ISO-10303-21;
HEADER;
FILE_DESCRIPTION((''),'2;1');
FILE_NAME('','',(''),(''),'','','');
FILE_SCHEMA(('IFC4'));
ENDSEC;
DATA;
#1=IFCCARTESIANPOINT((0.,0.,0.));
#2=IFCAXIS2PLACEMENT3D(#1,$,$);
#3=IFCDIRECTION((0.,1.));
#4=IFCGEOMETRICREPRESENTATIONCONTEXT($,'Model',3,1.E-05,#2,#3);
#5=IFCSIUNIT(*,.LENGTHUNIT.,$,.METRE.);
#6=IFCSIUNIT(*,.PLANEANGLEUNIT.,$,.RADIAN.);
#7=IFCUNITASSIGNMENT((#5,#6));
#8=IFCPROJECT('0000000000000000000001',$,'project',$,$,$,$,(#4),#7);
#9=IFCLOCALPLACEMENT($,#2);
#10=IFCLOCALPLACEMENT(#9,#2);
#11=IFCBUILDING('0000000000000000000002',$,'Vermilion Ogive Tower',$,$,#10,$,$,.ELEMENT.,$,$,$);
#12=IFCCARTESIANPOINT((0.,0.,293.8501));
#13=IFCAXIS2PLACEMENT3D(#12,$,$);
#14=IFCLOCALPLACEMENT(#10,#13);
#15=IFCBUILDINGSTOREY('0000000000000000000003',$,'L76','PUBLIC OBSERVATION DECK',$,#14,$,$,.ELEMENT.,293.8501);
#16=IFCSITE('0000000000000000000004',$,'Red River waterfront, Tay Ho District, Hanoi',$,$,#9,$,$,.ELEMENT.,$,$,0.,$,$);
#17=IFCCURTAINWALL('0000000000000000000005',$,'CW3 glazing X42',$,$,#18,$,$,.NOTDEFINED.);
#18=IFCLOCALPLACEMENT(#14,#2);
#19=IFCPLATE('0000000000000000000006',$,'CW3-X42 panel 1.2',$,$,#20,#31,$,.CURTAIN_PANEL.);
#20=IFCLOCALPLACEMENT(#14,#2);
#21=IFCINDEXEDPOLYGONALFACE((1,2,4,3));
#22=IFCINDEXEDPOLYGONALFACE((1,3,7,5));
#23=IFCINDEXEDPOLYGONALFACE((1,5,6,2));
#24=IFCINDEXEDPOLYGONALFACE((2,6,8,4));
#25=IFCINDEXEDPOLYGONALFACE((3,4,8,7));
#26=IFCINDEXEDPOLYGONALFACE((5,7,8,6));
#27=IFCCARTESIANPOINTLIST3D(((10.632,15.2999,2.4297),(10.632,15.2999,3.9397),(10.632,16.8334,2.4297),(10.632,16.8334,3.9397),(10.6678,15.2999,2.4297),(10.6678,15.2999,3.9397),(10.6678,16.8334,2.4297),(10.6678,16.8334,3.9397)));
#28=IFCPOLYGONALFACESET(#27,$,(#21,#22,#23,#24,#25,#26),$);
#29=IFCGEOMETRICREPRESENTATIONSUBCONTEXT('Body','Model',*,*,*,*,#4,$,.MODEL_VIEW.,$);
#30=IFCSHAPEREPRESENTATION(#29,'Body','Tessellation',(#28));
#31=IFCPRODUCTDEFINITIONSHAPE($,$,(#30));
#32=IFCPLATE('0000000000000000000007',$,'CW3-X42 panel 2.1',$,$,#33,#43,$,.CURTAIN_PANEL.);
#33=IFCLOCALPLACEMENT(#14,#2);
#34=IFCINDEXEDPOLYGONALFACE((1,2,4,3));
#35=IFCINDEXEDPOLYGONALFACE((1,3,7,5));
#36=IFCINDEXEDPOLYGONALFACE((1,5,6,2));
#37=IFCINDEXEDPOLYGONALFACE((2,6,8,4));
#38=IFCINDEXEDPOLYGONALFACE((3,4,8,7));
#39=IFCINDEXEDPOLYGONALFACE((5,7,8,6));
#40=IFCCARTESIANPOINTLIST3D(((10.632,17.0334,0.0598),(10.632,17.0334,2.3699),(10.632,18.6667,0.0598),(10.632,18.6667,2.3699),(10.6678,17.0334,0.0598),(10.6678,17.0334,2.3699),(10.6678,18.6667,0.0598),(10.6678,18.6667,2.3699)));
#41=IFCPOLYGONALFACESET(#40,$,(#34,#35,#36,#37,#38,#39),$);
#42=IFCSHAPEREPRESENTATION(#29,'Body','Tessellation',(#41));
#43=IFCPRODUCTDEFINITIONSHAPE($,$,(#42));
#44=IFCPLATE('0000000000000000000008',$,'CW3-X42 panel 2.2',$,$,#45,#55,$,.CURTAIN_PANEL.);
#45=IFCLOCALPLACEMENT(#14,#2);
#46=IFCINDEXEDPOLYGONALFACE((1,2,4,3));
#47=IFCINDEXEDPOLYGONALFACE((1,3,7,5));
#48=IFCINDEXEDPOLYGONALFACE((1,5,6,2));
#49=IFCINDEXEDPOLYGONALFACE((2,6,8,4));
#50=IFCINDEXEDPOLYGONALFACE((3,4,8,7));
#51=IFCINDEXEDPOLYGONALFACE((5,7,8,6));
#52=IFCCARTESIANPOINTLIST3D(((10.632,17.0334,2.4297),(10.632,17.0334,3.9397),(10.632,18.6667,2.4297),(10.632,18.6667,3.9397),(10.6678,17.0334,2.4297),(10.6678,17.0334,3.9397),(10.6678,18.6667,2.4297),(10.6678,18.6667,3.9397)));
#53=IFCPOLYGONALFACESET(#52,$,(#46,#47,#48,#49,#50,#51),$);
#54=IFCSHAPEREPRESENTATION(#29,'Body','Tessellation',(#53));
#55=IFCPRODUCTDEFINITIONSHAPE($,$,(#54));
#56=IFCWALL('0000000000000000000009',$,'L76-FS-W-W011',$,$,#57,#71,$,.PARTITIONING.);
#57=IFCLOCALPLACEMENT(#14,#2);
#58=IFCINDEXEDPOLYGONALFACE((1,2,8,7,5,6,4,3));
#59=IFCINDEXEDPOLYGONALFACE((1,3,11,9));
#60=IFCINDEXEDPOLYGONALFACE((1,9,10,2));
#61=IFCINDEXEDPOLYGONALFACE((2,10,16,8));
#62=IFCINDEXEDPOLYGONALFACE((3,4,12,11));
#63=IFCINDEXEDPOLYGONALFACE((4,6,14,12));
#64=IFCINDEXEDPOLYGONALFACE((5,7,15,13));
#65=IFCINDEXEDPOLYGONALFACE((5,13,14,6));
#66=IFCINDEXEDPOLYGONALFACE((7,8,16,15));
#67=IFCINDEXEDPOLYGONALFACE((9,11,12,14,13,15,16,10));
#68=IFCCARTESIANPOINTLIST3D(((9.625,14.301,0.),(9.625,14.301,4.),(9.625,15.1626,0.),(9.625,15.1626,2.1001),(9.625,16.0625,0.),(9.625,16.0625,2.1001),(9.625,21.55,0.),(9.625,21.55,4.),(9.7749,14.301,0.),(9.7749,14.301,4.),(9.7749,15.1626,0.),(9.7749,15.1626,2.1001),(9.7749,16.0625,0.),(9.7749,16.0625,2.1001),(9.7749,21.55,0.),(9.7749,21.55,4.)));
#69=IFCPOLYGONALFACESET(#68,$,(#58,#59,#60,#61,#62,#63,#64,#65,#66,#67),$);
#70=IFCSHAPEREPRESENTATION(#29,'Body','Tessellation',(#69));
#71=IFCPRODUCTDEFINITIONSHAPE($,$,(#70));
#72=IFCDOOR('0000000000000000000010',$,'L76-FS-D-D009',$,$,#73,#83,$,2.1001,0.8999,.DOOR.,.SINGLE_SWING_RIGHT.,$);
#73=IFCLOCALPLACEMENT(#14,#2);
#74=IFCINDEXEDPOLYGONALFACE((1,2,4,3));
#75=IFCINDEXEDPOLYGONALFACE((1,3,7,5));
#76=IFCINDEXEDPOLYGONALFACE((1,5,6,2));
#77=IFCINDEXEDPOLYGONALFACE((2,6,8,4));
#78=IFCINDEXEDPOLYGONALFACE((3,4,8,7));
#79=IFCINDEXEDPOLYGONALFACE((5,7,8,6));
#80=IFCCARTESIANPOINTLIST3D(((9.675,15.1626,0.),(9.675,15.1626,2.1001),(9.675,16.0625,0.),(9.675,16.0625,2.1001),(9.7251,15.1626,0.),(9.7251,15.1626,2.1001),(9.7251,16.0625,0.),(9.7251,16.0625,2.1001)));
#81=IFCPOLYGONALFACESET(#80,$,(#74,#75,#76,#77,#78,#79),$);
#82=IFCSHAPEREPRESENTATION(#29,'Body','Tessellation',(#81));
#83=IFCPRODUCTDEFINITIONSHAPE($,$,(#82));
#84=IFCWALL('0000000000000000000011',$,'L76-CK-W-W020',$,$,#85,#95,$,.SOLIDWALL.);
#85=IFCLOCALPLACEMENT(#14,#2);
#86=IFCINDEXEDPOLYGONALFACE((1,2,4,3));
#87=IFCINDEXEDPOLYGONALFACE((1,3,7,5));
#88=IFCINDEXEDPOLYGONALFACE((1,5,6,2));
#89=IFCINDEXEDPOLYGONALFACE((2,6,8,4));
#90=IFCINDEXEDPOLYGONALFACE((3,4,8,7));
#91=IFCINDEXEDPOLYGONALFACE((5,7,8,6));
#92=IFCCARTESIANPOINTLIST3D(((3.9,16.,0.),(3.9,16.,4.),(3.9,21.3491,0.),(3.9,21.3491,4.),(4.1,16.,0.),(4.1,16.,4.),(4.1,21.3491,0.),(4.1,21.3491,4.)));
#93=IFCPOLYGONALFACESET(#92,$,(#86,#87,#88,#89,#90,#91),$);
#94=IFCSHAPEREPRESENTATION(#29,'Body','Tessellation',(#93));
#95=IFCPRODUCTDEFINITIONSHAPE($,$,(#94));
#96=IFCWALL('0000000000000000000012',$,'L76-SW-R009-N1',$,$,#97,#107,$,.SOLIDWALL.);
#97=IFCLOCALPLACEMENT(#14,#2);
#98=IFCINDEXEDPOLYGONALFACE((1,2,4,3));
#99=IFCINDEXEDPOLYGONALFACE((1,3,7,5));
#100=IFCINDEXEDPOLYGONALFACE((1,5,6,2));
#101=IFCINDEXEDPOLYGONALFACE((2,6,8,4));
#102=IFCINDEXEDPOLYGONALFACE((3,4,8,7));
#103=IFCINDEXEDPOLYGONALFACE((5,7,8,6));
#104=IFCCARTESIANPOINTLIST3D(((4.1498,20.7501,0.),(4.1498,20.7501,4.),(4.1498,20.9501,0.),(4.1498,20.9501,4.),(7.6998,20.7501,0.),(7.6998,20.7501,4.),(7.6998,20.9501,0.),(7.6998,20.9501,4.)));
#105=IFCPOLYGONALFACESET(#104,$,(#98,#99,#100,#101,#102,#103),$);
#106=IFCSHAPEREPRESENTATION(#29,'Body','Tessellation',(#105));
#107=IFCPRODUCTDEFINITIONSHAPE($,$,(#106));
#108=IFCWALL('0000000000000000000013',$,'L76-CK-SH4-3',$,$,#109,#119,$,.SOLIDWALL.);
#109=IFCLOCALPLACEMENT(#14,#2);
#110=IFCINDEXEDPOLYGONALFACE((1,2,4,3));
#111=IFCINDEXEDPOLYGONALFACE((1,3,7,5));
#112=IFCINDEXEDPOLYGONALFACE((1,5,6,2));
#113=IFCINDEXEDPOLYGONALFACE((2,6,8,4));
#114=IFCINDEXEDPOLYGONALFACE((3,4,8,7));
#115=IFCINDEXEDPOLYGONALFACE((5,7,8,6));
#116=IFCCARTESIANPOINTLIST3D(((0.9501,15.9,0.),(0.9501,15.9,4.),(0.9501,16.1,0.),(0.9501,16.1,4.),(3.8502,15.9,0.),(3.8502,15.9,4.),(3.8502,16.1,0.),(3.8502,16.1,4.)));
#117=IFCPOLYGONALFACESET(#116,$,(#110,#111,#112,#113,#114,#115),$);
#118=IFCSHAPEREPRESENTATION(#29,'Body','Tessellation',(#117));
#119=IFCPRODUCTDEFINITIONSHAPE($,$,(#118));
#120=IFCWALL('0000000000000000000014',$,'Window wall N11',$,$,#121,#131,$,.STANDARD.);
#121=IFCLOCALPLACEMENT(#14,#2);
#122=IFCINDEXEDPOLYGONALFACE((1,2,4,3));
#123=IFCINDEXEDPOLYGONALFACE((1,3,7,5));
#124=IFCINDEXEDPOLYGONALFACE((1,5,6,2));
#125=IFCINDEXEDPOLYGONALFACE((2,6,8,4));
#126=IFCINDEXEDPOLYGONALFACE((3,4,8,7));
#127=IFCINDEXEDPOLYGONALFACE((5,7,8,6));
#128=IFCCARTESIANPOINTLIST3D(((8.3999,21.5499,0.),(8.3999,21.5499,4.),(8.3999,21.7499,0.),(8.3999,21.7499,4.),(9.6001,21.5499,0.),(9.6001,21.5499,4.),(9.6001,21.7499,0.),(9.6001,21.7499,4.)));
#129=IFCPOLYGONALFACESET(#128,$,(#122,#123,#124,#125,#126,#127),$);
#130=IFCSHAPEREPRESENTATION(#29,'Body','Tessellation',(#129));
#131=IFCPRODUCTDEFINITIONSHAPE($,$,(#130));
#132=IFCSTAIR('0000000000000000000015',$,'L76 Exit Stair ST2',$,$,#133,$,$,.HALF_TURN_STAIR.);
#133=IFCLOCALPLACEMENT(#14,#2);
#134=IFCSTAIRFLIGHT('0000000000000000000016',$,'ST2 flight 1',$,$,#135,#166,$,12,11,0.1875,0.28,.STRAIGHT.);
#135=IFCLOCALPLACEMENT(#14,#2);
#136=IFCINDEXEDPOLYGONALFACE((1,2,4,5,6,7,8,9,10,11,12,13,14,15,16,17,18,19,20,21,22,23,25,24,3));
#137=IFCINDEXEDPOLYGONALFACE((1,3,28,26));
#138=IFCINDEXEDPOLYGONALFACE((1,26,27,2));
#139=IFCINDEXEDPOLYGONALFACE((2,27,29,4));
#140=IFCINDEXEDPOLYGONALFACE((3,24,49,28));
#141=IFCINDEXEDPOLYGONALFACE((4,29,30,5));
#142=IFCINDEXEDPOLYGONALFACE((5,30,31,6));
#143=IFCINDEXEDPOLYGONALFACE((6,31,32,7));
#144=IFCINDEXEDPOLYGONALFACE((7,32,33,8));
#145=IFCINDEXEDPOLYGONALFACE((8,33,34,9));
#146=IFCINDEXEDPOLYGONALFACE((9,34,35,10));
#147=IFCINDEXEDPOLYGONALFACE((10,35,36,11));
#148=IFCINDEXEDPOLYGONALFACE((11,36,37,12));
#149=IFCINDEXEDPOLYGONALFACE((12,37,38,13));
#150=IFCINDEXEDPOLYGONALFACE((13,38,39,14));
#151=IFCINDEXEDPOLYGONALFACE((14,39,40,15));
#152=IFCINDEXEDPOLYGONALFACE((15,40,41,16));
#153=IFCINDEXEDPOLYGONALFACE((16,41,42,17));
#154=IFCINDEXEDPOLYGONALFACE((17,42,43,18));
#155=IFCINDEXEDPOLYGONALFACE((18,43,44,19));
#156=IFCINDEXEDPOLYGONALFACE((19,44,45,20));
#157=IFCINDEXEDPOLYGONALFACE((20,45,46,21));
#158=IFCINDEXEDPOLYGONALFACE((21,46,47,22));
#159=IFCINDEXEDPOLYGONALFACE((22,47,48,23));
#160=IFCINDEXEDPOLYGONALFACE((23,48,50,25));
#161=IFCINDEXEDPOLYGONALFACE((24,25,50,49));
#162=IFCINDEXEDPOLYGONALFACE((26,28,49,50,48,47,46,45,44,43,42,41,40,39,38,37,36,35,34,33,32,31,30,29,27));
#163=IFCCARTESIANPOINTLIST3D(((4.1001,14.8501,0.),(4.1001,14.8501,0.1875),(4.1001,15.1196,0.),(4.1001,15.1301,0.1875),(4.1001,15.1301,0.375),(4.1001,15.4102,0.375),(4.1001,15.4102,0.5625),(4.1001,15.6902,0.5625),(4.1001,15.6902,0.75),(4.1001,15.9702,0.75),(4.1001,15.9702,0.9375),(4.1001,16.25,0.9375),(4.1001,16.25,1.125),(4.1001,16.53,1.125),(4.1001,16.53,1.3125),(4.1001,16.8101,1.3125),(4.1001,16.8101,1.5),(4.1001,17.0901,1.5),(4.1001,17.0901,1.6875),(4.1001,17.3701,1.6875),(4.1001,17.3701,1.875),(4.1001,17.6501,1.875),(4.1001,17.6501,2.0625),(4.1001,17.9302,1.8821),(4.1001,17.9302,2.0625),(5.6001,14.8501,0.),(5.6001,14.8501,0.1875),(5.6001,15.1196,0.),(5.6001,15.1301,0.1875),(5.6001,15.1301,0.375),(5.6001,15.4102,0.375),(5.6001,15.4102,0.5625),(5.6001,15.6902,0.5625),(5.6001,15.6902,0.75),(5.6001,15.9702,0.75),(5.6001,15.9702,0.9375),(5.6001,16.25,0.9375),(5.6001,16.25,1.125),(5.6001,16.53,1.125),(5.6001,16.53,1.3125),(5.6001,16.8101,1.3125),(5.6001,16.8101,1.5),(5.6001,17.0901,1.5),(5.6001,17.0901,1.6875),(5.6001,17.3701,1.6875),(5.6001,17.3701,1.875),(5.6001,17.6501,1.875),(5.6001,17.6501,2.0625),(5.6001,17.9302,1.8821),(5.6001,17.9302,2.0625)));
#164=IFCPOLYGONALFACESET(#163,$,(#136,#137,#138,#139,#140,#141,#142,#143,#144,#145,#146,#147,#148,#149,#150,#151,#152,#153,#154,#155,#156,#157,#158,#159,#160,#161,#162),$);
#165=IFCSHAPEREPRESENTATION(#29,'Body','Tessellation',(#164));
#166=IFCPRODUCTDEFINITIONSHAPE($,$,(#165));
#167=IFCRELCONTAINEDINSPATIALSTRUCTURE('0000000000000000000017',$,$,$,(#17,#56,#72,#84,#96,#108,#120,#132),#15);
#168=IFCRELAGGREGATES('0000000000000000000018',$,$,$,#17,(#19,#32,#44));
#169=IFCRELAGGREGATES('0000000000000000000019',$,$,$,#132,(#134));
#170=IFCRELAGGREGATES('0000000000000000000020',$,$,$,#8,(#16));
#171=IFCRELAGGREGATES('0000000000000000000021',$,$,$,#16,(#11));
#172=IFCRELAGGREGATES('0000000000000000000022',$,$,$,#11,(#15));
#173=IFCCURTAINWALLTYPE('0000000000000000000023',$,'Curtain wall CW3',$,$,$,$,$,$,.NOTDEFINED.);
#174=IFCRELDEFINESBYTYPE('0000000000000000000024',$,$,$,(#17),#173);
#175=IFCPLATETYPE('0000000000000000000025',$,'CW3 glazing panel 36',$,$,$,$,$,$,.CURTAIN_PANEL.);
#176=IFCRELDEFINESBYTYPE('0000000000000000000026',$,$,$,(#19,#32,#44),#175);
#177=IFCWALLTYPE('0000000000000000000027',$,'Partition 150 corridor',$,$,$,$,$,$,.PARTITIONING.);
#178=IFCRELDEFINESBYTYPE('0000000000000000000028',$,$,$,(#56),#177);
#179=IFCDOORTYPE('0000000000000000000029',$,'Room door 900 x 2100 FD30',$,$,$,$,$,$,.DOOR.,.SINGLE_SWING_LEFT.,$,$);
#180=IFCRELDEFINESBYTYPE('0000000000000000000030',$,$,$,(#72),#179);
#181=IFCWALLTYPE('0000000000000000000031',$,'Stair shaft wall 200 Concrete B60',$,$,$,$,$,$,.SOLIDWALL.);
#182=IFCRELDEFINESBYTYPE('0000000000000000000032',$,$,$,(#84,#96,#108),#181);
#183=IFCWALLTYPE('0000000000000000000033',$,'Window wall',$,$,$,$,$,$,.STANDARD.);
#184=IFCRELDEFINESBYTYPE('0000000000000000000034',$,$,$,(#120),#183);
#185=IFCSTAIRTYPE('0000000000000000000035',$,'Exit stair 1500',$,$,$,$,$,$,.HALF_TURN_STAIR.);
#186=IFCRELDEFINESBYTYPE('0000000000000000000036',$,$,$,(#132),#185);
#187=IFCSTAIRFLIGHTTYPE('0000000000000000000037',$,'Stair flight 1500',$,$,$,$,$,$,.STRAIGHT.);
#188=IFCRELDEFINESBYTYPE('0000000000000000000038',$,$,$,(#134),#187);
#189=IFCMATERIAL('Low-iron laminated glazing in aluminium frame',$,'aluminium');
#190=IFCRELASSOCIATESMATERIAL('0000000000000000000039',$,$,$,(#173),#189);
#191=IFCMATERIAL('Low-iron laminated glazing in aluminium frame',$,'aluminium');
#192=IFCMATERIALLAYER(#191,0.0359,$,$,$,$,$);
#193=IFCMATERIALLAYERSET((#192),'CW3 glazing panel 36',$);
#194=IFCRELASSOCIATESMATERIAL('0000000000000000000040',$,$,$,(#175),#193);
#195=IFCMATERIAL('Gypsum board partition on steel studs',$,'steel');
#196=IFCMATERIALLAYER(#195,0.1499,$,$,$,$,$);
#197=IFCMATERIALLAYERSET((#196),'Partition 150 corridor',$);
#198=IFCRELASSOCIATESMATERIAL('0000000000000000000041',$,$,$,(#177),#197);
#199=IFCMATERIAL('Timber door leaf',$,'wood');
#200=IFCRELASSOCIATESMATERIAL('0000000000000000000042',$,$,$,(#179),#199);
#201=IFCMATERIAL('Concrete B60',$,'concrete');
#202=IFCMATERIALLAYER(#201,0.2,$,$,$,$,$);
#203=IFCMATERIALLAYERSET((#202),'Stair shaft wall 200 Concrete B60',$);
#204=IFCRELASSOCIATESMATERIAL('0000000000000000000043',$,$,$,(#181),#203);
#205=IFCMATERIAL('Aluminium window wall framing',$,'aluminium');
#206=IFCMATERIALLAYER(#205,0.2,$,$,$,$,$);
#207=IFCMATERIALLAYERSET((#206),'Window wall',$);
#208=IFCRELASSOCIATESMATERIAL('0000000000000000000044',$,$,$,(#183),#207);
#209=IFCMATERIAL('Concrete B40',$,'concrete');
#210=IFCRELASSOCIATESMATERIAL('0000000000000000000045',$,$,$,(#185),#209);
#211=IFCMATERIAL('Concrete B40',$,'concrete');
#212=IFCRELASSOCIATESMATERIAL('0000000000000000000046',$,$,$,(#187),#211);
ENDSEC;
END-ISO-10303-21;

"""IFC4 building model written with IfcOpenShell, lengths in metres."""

from ifc_helpers import new_model, si_unit, direction, frame, frame_2d, origin, origin_2d, place, context, subcontext, project, spatial, polyline, rectangle, outline, extrude, material, layer, layer_set, type_object, element, fill, aggregate, save


model = new_model("IFC4")

# Units and contexts
model_context = context("Model", 3, precision=1e-05, world=origin(), true_north=direction((0.0, 1.0)))
body_context = subcontext(model_context, "Body", "Model", "MODEL_VIEW")
ifc_project = project(units=[si_unit("LENGTHUNIT", "METRE"), si_unit("PLANEANGLEUNIT", "RADIAN")], contexts=[model_context])

# Site, building, storey
site_placement = place(None, origin())
site = spatial("IfcSite", under=ifc_project, at=site_placement, Name="Red River waterfront, Tay Ho District, Hanoi", CompositionType="ELEMENT", RefElevation=0.0)
building_placement = place(site_placement, origin())
building = spatial("IfcBuilding", under=site, at=building_placement, Name="Vermilion Ogive Tower", CompositionType="ELEMENT")
storey_placement = place(building_placement, frame((0.0, 0.0, 293.8501)))
storey = spatial("IfcBuildingStorey", under=building, at=storey_placement, Name="L76", Description="PUBLIC OBSERVATION DECK", CompositionType="ELEMENT", Elevation=293.8501)

# Shared definitions
ifc_material_1 = material(Name="Low-iron laminated glazing in aluminium frame", Category="aluminium")
curtain_wall_type = type_object("IfcCurtainWallType", Name="Curtain wall CW3", PredefinedType="NOTDEFINED", material=ifc_material_1)

# Curtain wall, plates
curtain_wall_1_placement = place(storey_placement, origin())
curtain_wall_1 = element("IfcCurtainWall", 1, at=curtain_wall_1_placement, inside=storey, type_object=curtain_wall_type, Name="CW3 glazing X42", PredefinedType="NOTDEFINED")
ifc_material_2 = material(Name="Low-iron laminated glazing in aluminium frame", Category="aluminium")
ifc_layer_1 = layer(ifc_material_2, 0.0359)
ifc_layer_set_1 = layer_set([ifc_layer_1], Name="CW3 glazing panel 36")
plate_type = type_object("IfcPlateType", Name="CW3 glazing panel 36", PredefinedType="CURTAIN_PANEL", material=ifc_layer_set_1)
plate_1_placement = place(storey_placement, frame((10.6499, 16.0667, 2.4297), z_axis=(0.0, 0.0, 1.0), x_axis=(0.0, 1.0, 0.0)))
plate_1 = element("IfcPlate", 2, at=plate_1_placement, type_object=plate_type, Name="CW3-X42 panel 1.2", PredefinedType="CURTAIN_PANEL", context=body_context, shape_type="SweptSolid", body=[
    extrude(rectangle(XDim=1.5334, YDim=0.0359, at=origin_2d()), origin(), (0.0, 0.0, 1.0), 1.51),
])
plate_2_placement = place(storey_placement, frame((10.6499, 17.8501, 0.0598), z_axis=(0.0, 0.0, 1.0), x_axis=(0.0, 1.0, 0.0)))
plate_2 = element("IfcPlate", 3, at=plate_2_placement, type_object=plate_type, Name="CW3-X42 panel 2.1", PredefinedType="CURTAIN_PANEL", context=body_context, shape_type="SweptSolid", body=[
    extrude(rectangle(XDim=1.6333, YDim=0.0359, at=origin_2d()), origin(), (0.0, 0.0, 1.0), 2.3101),
])
plate_3_placement = place(storey_placement, frame((10.6499, 17.8501, 2.4297), z_axis=(0.0, 0.0, 1.0), x_axis=(0.0, 1.0, 0.0)))
plate_3 = element("IfcPlate", 4, at=plate_3_placement, type_object=plate_type, Name="CW3-X42 panel 2.2", PredefinedType="CURTAIN_PANEL", context=body_context, shape_type="SweptSolid", body=[
    extrude(rectangle(XDim=1.6333, YDim=0.0359, at=origin_2d()), origin(), (0.0, 0.0, 1.0), 1.51),
])
aggregate(curtain_wall_1, [plate_1, plate_2, plate_3])

# Wall, opening, door
ifc_material_3 = material(Name="Gypsum board partition on steel studs", Category="steel")
ifc_layer_2 = layer(ifc_material_3, 0.1499)
ifc_layer_set_2 = layer_set([ifc_layer_2], Name="Partition 150 corridor")
wall_type_1 = type_object("IfcWallType", Name="Partition 150 corridor", PredefinedType="PARTITIONING", material=ifc_layer_set_2)
wall_1_placement = place(storey_placement, frame((9.7, 14.301, 0.0), z_axis=(0.0, 0.0, 1.0), x_axis=(0.0, 1.0, 0.0)))
wall_1 = element("IfcWall", 5, at=wall_1_placement, inside=storey, type_object=wall_type_1, Name="L76-FS-W-W011", PredefinedType="PARTITIONING", context=body_context, shape_type="SweptSolid", body=[
    extrude(rectangle(XDim=7.249, YDim=0.1499, at=frame_2d((3.6245, 0.0))), origin(), (0.0, 0.0, 1.0), 4.0),
])
opening_placement = place(wall_1_placement, frame((0.8616, 0.0, 0.0)))
opening = element("IfcOpeningElement", 6, at=opening_placement, cuts=wall_1, PredefinedType="OPENING", context=body_context, shape_type="SweptSolid", body=[
    extrude(rectangle(XDim=0.8999, YDim=2.1001, at=frame_2d((0.45, 1.05))), frame((0.0, 0.085, 0.0), z_axis=(0.0, -1.0, 0.0), x_axis=(1.0, 0.0, 0.0)), (0.0, 0.0, 1.0), 0.1699),
])
ifc_material_4 = material(Name="Timber door leaf", Category="wood")
door_type = type_object("IfcDoorType", Name="Room door 900 x 2100 FD30", OperationType="SINGLE_SWING_LEFT", PredefinedType="DOOR", material=ifc_material_4)
door_placement = place(opening_placement, origin())
door = element("IfcDoor", 7, at=door_placement, inside=storey, type_object=door_type, Name="L76-FS-D-D009", OperationType="SINGLE_SWING_RIGHT", OverallHeight=2.1001, OverallWidth=0.8999, PredefinedType="DOOR", context=body_context, shape_type="SweptSolid", body=[
    extrude(rectangle(XDim=0.8999, YDim=2.1001, at=frame_2d((0.45, 1.05))), frame((0.0, 0.0249, 0.0), z_axis=(0.0, -1.0, 0.0), x_axis=(1.0, 0.0, 0.0)), (0.0, 0.0, 1.0), 0.05),
])
fill(opening, door)

# Walls
ifc_material_5 = material(Name="Concrete B60", Category="concrete")
ifc_layer_3 = layer(ifc_material_5, 0.2)
ifc_layer_set_3 = layer_set([ifc_layer_3], Name="Stair shaft wall 200 Concrete B60")
wall_type_2 = type_object("IfcWallType", Name="Stair shaft wall 200 Concrete B60", PredefinedType="SOLIDWALL", material=ifc_layer_set_3)
wall_2_placement = place(storey_placement, frame((4.0, 16.0, 0.0), z_axis=(0.0, 0.0, 1.0), x_axis=(0.0, 1.0, 0.0)))
element("IfcWall", 8, at=wall_2_placement, inside=storey, type_object=wall_type_2, Name="L76-CK-W-W020", PredefinedType="SOLIDWALL", context=body_context, shape_type="SweptSolid", body=[
    extrude(rectangle(XDim=5.3491, YDim=0.2, at=frame_2d((2.6746, 0.0))), origin(), (0.0, 0.0, 1.0), 4.0),
])
wall_3_placement = place(storey_placement, frame((4.1499, 20.8501, 0.0), z_axis=(0.0, 0.0, 1.0), x_axis=(1.0, 0.0, 0.0)))
element("IfcWall", 9, at=wall_3_placement, inside=storey, type_object=wall_type_2, Name="L76-SW-R009-N1", PredefinedType="SOLIDWALL", context=body_context, shape_type="SweptSolid", body=[
    extrude(rectangle(XDim=3.55, YDim=0.2, at=frame_2d((1.7749, 0.0))), origin(), (0.0, 0.0, 1.0), 4.0),
])
wall_4_placement = place(storey_placement, frame((0.95, 16.0, 0.0), z_axis=(0.0, 0.0, 1.0), x_axis=(1.0, 0.0, 0.0)))
element("IfcWall", 10, at=wall_4_placement, inside=storey, type_object=wall_type_2, Name="L76-CK-SH4-3", PredefinedType="SOLIDWALL", context=body_context, shape_type="SweptSolid", body=[
    extrude(rectangle(XDim=2.9001, YDim=0.2, at=frame_2d((1.4502, 0.0))), origin(), (0.0, 0.0, 1.0), 4.0),
])
ifc_material_6 = material(Name="Aluminium window wall framing", Category="aluminium")
ifc_layer_4 = layer(ifc_material_6, 0.2)
ifc_layer_set_4 = layer_set([ifc_layer_4], Name="Window wall")
wall_type_3 = type_object("IfcWallType", Name="Window wall", PredefinedType="STANDARD", material=ifc_layer_set_4)
wall_5_placement = place(storey_placement, frame((9.6001, 21.6499, 0.0), z_axis=(0.0, 0.0, 1.0), x_axis=(-1.0, 0.0, 0.0)))
element("IfcWall", 11, at=wall_5_placement, inside=storey, type_object=wall_type_3, Name="Window wall N11", PredefinedType="STANDARD", context=body_context, shape_type="SweptSolid", body=[
    extrude(rectangle(XDim=1.2002, YDim=0.2, at=frame_2d((0.6001, 0.0))), origin(), (0.0, 0.0, 1.0), 4.0),
])

# Stair, stair flight
ifc_material_7 = material(Name="Concrete B40", Category="concrete")
stair_type = type_object("IfcStairType", Name="Exit stair 1500", PredefinedType="HALF_TURN_STAIR", material=ifc_material_7)
stair_placement = place(storey_placement, origin())
stair = element("IfcStair", 12, at=stair_placement, inside=storey, type_object=stair_type, Name="L76 Exit Stair ST2", PredefinedType="HALF_TURN_STAIR")
ifc_material_8 = material(Name="Concrete B40", Category="concrete")
stair_flight_type = type_object("IfcStairFlightType", Name="Stair flight 1500", PredefinedType="STRAIGHT", material=ifc_material_8)
stair_flight_1_placement = place(storey_placement, frame((4.8501, 14.8501, 0.0), z_axis=(0.0, 0.0, 1.0), x_axis=(0.0, 1.0, 0.0)))
stair_flight_1 = element("IfcStairFlight", 13, at=stair_flight_1_placement, type_object=stair_flight_type, Name="ST2 flight 1", NumberOfRisers=12, NumberOfTreads=11, PredefinedType="STRAIGHT", RiserHeight=0.1875, TreadLength=0.28, context=body_context, shape_type="SweptSolid", body=[
    extrude(outline(polyline([(0.0, 0.0), (0.0, 0.1875), (0.28, 0.1875), (0.28, 0.375), (0.5601, 0.375), (0.5601, 0.5625), (0.8401, 0.5625), (0.8401, 0.75), (1.1201, 0.75), (1.1201, 0.9375), (1.3999, 0.9375), (1.3999, 1.125), (1.6799, 1.125), (1.6799, 1.3125), (1.96, 1.3125), (1.96, 1.5), (2.24, 1.5), (2.24, 1.6875), (2.52, 1.6875), (2.52, 1.875), (2.8, 1.875), (2.8, 2.0625), (3.0801, 2.0625), (3.0801, 2.25), (3.0801, 1.8821), (0.2695, 0.0), (0.0, 0.0)])), frame((0.0, 0.75, 0.0), z_axis=(0.0, -1.0, 0.0), x_axis=(1.0, 0.0, 0.0)), (0.0, 0.0, 1.0), 1.5),
])
aggregate(stair, [stair_flight_1])

save(model, "model.ifc")
